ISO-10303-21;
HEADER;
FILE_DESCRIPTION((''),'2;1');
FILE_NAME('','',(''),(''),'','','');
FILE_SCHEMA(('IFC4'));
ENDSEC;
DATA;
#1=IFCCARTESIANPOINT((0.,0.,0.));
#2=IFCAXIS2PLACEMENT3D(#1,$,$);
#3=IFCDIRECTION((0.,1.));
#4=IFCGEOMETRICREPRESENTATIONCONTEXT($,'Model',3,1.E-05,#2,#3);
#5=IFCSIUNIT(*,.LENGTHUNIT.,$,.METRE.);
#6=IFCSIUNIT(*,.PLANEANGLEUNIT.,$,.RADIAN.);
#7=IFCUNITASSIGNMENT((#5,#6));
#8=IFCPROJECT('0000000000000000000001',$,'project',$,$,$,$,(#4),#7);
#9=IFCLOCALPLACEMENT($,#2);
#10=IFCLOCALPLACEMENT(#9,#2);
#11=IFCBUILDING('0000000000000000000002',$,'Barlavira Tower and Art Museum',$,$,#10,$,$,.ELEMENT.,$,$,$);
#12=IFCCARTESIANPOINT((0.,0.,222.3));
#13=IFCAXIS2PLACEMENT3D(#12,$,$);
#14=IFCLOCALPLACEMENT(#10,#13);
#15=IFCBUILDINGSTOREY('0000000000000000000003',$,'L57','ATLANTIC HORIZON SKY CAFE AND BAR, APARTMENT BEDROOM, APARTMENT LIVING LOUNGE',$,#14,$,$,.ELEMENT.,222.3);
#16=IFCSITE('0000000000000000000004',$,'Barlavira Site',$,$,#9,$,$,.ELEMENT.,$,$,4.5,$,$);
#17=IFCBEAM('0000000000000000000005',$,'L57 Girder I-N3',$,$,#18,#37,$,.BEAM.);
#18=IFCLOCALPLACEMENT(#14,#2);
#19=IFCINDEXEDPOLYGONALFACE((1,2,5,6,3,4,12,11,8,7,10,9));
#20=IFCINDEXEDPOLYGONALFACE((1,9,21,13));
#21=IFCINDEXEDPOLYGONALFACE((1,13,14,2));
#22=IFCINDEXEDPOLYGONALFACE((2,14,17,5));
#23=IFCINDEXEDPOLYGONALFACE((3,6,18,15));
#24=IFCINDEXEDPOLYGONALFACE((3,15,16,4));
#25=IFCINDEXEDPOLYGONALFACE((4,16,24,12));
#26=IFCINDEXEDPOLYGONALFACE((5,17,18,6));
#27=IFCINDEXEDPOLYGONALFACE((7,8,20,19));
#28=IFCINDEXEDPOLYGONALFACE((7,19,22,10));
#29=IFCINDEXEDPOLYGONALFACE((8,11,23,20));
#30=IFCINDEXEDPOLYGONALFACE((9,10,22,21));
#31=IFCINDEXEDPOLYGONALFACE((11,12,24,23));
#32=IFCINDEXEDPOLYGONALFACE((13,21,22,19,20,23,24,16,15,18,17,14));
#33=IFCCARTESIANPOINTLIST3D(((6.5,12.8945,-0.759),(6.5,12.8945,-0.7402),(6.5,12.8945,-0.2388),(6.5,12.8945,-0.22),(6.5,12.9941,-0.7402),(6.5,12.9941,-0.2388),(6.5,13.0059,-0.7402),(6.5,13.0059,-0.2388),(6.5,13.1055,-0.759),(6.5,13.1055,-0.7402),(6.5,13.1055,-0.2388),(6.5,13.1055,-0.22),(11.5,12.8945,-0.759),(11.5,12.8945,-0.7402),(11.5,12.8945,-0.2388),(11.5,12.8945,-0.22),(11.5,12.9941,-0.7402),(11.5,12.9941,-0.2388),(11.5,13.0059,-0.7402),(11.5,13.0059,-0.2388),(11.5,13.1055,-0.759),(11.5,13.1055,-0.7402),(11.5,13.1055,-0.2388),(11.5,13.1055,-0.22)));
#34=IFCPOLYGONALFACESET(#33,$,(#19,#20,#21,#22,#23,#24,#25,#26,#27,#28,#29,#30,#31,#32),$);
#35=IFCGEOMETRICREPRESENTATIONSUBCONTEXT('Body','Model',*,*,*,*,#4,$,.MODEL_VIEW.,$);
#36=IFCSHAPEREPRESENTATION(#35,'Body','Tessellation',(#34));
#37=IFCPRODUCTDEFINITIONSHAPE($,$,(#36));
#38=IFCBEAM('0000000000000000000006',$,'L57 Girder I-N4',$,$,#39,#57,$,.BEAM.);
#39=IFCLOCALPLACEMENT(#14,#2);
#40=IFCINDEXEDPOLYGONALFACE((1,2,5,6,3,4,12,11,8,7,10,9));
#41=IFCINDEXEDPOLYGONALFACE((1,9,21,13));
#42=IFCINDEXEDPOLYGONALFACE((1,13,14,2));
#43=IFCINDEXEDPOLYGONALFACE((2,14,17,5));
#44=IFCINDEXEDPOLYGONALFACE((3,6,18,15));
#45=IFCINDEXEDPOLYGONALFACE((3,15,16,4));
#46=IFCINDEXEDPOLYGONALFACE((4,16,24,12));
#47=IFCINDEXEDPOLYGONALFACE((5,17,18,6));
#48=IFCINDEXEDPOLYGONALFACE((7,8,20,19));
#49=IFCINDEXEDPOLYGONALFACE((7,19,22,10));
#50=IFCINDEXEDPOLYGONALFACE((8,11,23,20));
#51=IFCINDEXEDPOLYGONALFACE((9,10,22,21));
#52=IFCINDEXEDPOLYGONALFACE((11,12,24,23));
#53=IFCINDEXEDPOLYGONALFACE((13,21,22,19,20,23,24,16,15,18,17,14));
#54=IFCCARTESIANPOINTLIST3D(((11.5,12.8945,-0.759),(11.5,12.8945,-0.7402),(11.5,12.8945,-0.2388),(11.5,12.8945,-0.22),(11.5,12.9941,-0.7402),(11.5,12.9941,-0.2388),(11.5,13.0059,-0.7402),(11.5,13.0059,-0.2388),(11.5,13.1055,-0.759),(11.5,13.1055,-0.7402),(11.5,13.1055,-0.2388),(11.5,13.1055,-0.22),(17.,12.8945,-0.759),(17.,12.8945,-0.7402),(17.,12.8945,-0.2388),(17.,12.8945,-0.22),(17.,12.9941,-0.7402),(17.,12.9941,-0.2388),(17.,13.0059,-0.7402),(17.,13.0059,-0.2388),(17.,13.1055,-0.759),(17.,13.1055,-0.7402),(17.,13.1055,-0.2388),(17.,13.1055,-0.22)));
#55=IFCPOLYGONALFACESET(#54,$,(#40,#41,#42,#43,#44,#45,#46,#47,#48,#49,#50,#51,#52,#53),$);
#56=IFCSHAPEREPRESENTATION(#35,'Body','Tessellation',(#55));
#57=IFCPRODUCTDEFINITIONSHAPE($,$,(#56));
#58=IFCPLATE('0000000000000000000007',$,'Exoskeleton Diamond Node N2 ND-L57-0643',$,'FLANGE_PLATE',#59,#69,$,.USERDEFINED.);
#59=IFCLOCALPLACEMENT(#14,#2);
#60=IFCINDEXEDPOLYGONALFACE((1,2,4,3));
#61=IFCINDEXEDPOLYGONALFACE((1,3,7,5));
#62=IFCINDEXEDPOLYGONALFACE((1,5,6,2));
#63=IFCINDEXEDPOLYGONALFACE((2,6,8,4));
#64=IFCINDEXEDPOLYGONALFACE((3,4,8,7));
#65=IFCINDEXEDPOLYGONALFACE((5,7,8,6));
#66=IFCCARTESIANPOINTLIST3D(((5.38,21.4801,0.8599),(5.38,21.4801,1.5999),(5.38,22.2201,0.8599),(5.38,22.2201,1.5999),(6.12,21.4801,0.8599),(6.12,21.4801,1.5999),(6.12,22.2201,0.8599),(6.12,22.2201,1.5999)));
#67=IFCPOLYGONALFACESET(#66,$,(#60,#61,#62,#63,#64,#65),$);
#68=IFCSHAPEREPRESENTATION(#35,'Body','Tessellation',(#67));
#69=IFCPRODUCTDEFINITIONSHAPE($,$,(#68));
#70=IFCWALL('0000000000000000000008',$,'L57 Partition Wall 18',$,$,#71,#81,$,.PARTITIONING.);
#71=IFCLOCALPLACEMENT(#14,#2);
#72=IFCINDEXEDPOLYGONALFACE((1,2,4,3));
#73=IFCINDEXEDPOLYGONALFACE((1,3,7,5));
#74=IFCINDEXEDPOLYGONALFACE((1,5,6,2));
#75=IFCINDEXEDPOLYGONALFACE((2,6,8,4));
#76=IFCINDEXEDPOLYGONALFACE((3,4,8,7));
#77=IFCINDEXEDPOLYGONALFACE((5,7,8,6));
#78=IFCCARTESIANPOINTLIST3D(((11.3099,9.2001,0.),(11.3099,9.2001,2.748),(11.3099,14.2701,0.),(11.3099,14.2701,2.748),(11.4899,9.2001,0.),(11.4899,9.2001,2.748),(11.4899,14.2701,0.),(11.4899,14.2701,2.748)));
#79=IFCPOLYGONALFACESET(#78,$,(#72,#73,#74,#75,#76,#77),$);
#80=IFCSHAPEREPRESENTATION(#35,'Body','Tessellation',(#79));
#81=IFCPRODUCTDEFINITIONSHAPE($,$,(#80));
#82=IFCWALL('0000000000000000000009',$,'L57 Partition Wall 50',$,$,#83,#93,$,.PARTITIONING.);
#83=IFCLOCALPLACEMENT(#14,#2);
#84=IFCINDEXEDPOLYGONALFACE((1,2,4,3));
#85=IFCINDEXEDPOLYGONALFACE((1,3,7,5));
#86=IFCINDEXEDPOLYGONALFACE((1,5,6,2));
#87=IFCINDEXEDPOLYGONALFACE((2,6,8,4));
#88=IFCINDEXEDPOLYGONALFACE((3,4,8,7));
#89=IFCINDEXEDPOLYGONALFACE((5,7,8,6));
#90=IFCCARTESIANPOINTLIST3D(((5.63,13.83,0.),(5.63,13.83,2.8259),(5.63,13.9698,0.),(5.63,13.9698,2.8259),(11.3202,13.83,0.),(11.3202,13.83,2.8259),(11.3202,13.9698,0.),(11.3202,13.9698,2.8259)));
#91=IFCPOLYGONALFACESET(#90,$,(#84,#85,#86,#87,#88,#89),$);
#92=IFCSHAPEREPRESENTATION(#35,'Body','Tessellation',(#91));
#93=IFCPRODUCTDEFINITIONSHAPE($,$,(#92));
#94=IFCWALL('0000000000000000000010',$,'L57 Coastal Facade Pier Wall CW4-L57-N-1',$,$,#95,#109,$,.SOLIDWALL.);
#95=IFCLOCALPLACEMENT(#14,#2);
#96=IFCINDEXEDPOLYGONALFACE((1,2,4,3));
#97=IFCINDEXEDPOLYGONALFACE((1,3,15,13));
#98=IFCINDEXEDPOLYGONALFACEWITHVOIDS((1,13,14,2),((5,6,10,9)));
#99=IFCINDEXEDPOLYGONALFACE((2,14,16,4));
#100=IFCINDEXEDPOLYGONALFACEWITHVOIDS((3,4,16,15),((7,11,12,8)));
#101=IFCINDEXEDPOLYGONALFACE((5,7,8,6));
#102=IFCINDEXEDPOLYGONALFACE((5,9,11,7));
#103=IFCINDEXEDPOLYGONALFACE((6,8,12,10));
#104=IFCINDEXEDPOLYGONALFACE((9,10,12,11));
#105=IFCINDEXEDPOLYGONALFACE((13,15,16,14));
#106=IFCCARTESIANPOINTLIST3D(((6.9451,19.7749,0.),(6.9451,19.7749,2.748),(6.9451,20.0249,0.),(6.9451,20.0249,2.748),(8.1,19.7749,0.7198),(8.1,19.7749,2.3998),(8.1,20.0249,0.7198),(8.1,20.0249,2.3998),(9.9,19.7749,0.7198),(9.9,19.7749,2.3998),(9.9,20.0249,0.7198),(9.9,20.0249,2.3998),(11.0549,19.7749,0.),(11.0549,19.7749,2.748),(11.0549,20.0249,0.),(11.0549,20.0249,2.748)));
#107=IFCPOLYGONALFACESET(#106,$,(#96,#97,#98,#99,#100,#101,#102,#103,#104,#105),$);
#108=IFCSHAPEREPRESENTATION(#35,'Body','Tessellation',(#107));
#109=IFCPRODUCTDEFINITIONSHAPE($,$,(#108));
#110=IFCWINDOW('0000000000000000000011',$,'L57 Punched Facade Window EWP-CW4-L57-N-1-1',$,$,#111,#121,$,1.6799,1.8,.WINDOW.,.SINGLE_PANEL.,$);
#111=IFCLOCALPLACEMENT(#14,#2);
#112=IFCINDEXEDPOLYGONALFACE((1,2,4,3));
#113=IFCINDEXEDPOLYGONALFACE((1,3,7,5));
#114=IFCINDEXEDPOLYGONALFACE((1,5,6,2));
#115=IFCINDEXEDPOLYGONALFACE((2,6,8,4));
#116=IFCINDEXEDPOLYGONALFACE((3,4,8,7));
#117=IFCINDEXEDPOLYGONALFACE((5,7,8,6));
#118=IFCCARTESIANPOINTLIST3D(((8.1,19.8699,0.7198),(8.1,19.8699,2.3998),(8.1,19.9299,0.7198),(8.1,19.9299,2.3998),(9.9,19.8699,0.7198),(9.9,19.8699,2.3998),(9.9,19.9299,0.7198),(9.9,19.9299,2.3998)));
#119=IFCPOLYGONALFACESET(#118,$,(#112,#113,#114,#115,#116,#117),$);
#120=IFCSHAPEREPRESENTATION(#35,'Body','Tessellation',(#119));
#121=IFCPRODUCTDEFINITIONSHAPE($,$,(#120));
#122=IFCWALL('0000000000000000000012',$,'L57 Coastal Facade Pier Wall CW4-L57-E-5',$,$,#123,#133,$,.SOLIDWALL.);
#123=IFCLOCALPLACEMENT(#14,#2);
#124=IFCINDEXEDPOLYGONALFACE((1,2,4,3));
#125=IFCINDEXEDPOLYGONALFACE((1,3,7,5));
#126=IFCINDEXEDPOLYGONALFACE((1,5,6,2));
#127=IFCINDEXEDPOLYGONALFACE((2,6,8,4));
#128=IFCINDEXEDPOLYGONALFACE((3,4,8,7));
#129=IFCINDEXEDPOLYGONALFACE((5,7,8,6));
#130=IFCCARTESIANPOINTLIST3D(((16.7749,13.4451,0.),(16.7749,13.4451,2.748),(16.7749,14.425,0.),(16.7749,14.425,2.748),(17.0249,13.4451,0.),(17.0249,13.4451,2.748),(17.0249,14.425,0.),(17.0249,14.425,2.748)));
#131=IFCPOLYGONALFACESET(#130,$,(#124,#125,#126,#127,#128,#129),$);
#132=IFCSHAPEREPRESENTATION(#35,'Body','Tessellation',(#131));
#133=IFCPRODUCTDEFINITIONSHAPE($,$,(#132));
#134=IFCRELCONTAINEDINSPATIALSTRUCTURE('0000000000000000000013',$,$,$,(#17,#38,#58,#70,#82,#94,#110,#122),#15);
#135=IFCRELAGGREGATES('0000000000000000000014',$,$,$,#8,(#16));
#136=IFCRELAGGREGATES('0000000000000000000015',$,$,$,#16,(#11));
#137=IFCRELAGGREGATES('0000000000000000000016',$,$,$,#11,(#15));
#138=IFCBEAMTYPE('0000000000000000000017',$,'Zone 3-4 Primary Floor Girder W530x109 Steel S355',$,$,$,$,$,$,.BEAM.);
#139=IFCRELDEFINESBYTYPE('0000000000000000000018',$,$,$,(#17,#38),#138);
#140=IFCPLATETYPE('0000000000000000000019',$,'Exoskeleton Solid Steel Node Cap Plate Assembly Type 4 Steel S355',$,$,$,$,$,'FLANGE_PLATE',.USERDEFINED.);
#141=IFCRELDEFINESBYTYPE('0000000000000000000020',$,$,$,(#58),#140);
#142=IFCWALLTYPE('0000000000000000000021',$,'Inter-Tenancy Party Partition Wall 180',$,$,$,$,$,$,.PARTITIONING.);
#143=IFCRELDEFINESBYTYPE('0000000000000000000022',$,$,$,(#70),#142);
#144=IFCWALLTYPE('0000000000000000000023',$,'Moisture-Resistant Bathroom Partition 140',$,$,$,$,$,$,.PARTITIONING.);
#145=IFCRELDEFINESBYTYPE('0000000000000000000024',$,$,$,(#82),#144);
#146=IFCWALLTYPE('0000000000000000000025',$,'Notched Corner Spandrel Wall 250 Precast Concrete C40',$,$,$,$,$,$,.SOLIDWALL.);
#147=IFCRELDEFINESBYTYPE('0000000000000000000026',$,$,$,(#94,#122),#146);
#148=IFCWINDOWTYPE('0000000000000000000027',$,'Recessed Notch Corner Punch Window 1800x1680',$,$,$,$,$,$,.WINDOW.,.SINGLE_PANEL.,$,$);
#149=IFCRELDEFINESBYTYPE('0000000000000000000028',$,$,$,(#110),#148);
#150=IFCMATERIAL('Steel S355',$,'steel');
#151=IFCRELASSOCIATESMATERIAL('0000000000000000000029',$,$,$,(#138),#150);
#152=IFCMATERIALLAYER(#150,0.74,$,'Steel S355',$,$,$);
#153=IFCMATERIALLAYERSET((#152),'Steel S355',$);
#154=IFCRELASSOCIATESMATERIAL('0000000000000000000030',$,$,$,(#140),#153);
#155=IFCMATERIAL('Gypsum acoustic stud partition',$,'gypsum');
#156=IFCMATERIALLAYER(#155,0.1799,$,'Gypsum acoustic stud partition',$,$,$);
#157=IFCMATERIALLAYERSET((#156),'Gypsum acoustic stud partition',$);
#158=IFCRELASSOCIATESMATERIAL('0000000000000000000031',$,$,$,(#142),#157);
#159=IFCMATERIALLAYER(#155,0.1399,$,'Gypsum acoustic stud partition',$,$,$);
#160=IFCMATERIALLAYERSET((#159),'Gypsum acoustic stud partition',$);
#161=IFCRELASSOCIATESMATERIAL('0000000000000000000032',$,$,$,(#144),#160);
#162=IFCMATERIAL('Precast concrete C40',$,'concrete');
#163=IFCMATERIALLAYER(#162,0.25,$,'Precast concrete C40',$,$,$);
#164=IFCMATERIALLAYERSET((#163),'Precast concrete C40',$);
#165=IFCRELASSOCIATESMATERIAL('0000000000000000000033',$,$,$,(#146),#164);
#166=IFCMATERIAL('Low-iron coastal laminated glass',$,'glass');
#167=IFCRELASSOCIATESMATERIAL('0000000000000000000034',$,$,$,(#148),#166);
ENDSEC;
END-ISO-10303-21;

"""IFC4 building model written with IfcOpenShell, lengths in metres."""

from ifc_helpers import new_model, si_unit, direction, frame, frame_2d, origin, origin_2d, place, context, subcontext, project, spatial, rectangle, i_section, extrude, material, layer, layer_set, material_profile, profile_set, type_object, element, fill, save


model = new_model("IFC4")

# Units and contexts
model_context = context("Model", 3, precision=1e-05, world=origin(), true_north=direction((0.0, 1.0)))
body_context = subcontext(model_context, "Body", "Model", "MODEL_VIEW")
ifc_project = project(units=[si_unit("LENGTHUNIT", "METRE"), si_unit("PLANEANGLEUNIT", "RADIAN")], contexts=[model_context])

# Site, building, storey
site_placement = place(None, origin())
site = spatial("IfcSite", under=ifc_project, at=site_placement, Name="Barlavira Site", CompositionType="ELEMENT", RefElevation=4.5)
building_placement = place(site_placement, origin())
building = spatial("IfcBuilding", under=site, at=building_placement, Name="Barlavira Tower and Art Museum", CompositionType="ELEMENT")
storey_placement = place(building_placement, frame((0.0, 0.0, 222.3)))
storey = spatial("IfcBuildingStorey", under=building, at=storey_placement, Name="L57", Description="ATLANTIC HORIZON SKY CAFE AND BAR, APARTMENT BEDROOM, APARTMENT LIVING LOUNGE", CompositionType="ELEMENT", Elevation=222.3)

# Shared definitions
ifc_material_1 = material(Name="Low-iron coastal laminated glass", Category="glass")

# Beams
ifc_material_2 = material(Name="Steel S355", Category="steel")
ifc_material_profile_1 = material_profile(ifc_material_2, i_section(OverallWidth=0.2109, OverallDepth=0.5391, WebThickness=0.0117, FlangeThickness=0.0188, at=origin_2d()), Name="W530x109.0")
ifc_profile_set_1 = profile_set([ifc_material_profile_1], Name="Steel S355")
beam_type_1 = type_object("IfcBeamType", Name="Zone 3-4 Primary Floor Girder W530x109 Steel S355", PredefinedType="BEAM", material=ifc_profile_set_1)
beam_1_placement = place(storey_placement, frame((6.5, 13.0, -0.4895), z_axis=(1.0, 0.0, 0.0), x_axis=(0.0, 1.0, 0.0)))
element("IfcBeam", 1, at=beam_1_placement, inside=storey, type_object=beam_type_1, Name="L57 Girder I-N3", PredefinedType="BEAM", context=body_context, shape_type="SweptSolid", body=[
    extrude(i_section(OverallWidth=0.2109, OverallDepth=0.5391, WebThickness=0.0117, FlangeThickness=0.0188, at=origin_2d()), origin(), (0.0, 0.0, 1.0), 5.0),
])
beam_2_placement = place(storey_placement, frame((11.5, 13.0, -0.4895), z_axis=(1.0, 0.0, 0.0), x_axis=(0.0, 1.0, 0.0)))
element("IfcBeam", 2, at=beam_2_placement, inside=storey, type_object=beam_type_1, Name="L57 Girder I-N4", PredefinedType="BEAM", context=body_context, shape_type="SweptSolid", body=[
    extrude(i_section(OverallWidth=0.2109, OverallDepth=0.5391, WebThickness=0.0117, FlangeThickness=0.0188, at=origin_2d()), origin(), (0.0, 0.0, 1.0), 5.5),
])

# Plate
ifc_layer_1 = layer(ifc_material_2, 0.74, Name="Steel S355")
ifc_layer_set_1 = layer_set([ifc_layer_1], Name="Steel S355")
plate_type = type_object("IfcPlateType", Name="Exoskeleton Solid Steel Node Cap Plate Assembly Type 4 Steel S355", ElementType="FLANGE_PLATE", PredefinedType="USERDEFINED", material=ifc_layer_set_1)
plate_placement = place(storey_placement, frame((5.75, 21.8501, 0.8599), z_axis=(0.0, 0.0, 1.0), x_axis=(1.0, 0.0, 0.0)))
element("IfcPlate", 3, at=plate_placement, inside=storey, type_object=plate_type, Name="Exoskeleton Diamond Node N2 ND-L57-0643", ObjectType="FLANGE_PLATE", PredefinedType="USERDEFINED", context=body_context, shape_type="SweptSolid", body=[
    extrude(rectangle(XDim=0.74, YDim=0.74, at=origin_2d()), origin(), (0.0, 0.0, 1.0), 0.74),
])

# Walls
ifc_material_3 = material(Name="Gypsum acoustic stud partition", Category="gypsum")
ifc_layer_2 = layer(ifc_material_3, 0.1799, Name="Gypsum acoustic stud partition")
ifc_layer_set_2 = layer_set([ifc_layer_2], Name="Gypsum acoustic stud partition")
wall_type_1 = type_object("IfcWallType", Name="Inter-Tenancy Party Partition Wall 180", PredefinedType="PARTITIONING", material=ifc_layer_set_2)
wall_1_placement = place(storey_placement, frame((11.3999, 9.2, 0.0), z_axis=(0.0, 0.0, 1.0), x_axis=(0.0, 1.0, 0.0)))
element("IfcWall", 4, at=wall_1_placement, inside=storey, type_object=wall_type_1, Name="L57 Partition Wall 18", PredefinedType="PARTITIONING", context=body_context, shape_type="SweptSolid", body=[
    extrude(rectangle(XDim=5.0701, YDim=0.1799, at=frame_2d((2.5352, 0.0))), origin(), (0.0, 0.0, 1.0), 2.748),
])
ifc_layer_3 = layer(ifc_material_3, 0.1399, Name="Gypsum acoustic stud partition")
ifc_layer_set_3 = layer_set([ifc_layer_3], Name="Gypsum acoustic stud partition")
wall_type_2 = type_object("IfcWallType", Name="Moisture-Resistant Bathroom Partition 140", PredefinedType="PARTITIONING", material=ifc_layer_set_3)
wall_2_placement = place(storey_placement, frame((5.6299, 13.8999, 0.0), z_axis=(0.0, 0.0, 1.0), x_axis=(1.0, 0.0, 0.0)))
element("IfcWall", 5, at=wall_2_placement, inside=storey, type_object=wall_type_2, Name="L57 Partition Wall 50", PredefinedType="PARTITIONING", context=body_context, shape_type="SweptSolid", body=[
    extrude(rectangle(XDim=5.6902, YDim=0.1399, at=frame_2d((2.8452, 0.0))), origin(), (0.0, 0.0, 1.0), 2.8259),
])

# Wall, opening, window
ifc_material_4 = material(Name="Precast concrete C40", Category="concrete")
ifc_layer_4 = layer(ifc_material_4, 0.25, Name="Precast concrete C40")
ifc_layer_set_4 = layer_set([ifc_layer_4], Name="Precast concrete C40")
wall_type_3 = type_object("IfcWallType", Name="Notched Corner Spandrel Wall 250 Precast Concrete C40", PredefinedType="SOLIDWALL", material=ifc_layer_set_4)
wall_3_placement = place(storey_placement, frame((11.0549, 19.8999, 0.0), z_axis=(0.0, 0.0, 1.0), x_axis=(-1.0, 0.0, 0.0)))
wall_3 = element("IfcWall", 6, at=wall_3_placement, inside=storey, type_object=wall_type_3, Name="L57 Coastal Facade Pier Wall CW4-L57-N-1", PredefinedType="SOLIDWALL", context=body_context, shape_type="SweptSolid", body=[
    extrude(rectangle(XDim=4.1099, YDim=0.25, at=frame_2d((2.0549, 0.0))), origin(), (0.0, 0.0, 1.0), 2.748),
])
opening_1_placement = place(wall_3_placement, frame((1.155, 0.0, 0.72)))
opening_1 = element("IfcOpeningElement", 7, at=opening_1_placement, cuts=wall_3, PredefinedType="OPENING", context=body_context, shape_type="SweptSolid", body=[
    extrude(rectangle(XDim=1.8, YDim=1.6799, at=frame_2d((0.8999, 0.8398))), frame((0.0, 0.135, 0.0), z_axis=(0.0, -1.0, 0.0), x_axis=(1.0, 0.0, 0.0)), (0.0, 0.0, 1.0), 0.27),
])
window_type = type_object("IfcWindowType", Name="Recessed Notch Corner Punch Window 1800x1680", PartitioningType="SINGLE_PANEL", PredefinedType="WINDOW", material=ifc_material_1)
window_1_placement = place(opening_1_placement, origin())
window_1 = element("IfcWindow", 8, at=window_1_placement, inside=storey, type_object=window_type, Name="L57 Punched Facade Window EWP-CW4-L57-N-1-1", OverallHeight=1.6799, OverallWidth=1.8, PartitioningType="SINGLE_PANEL", PredefinedType="WINDOW", context=body_context, shape_type="SweptSolid", body=[
    extrude(rectangle(XDim=1.8, YDim=1.6799, at=frame_2d((0.8999, 0.8398))), frame((0.0, 0.03, 0.0), z_axis=(0.0, -1.0, 0.0), x_axis=(1.0, 0.0, 0.0)), (0.0, 0.0, 1.0), 0.0601),
])
fill(opening_1, window_1)

# Wall
wall_4_placement = place(storey_placement, frame((16.8999, 13.4451, 0.0), z_axis=(0.0, 0.0, 1.0), x_axis=(0.0, 1.0, 0.0)))
element("IfcWall", 9, at=wall_4_placement, inside=storey, type_object=wall_type_3, Name="L57 Coastal Facade Pier Wall CW4-L57-E-5", PredefinedType="SOLIDWALL", context=body_context, shape_type="SweptSolid", body=[
    extrude(rectangle(XDim=0.98, YDim=0.25, at=frame_2d((0.49, 0.0))), origin(), (0.0, 0.0, 1.0), 2.748),
])

save(model, "model.ifc")
